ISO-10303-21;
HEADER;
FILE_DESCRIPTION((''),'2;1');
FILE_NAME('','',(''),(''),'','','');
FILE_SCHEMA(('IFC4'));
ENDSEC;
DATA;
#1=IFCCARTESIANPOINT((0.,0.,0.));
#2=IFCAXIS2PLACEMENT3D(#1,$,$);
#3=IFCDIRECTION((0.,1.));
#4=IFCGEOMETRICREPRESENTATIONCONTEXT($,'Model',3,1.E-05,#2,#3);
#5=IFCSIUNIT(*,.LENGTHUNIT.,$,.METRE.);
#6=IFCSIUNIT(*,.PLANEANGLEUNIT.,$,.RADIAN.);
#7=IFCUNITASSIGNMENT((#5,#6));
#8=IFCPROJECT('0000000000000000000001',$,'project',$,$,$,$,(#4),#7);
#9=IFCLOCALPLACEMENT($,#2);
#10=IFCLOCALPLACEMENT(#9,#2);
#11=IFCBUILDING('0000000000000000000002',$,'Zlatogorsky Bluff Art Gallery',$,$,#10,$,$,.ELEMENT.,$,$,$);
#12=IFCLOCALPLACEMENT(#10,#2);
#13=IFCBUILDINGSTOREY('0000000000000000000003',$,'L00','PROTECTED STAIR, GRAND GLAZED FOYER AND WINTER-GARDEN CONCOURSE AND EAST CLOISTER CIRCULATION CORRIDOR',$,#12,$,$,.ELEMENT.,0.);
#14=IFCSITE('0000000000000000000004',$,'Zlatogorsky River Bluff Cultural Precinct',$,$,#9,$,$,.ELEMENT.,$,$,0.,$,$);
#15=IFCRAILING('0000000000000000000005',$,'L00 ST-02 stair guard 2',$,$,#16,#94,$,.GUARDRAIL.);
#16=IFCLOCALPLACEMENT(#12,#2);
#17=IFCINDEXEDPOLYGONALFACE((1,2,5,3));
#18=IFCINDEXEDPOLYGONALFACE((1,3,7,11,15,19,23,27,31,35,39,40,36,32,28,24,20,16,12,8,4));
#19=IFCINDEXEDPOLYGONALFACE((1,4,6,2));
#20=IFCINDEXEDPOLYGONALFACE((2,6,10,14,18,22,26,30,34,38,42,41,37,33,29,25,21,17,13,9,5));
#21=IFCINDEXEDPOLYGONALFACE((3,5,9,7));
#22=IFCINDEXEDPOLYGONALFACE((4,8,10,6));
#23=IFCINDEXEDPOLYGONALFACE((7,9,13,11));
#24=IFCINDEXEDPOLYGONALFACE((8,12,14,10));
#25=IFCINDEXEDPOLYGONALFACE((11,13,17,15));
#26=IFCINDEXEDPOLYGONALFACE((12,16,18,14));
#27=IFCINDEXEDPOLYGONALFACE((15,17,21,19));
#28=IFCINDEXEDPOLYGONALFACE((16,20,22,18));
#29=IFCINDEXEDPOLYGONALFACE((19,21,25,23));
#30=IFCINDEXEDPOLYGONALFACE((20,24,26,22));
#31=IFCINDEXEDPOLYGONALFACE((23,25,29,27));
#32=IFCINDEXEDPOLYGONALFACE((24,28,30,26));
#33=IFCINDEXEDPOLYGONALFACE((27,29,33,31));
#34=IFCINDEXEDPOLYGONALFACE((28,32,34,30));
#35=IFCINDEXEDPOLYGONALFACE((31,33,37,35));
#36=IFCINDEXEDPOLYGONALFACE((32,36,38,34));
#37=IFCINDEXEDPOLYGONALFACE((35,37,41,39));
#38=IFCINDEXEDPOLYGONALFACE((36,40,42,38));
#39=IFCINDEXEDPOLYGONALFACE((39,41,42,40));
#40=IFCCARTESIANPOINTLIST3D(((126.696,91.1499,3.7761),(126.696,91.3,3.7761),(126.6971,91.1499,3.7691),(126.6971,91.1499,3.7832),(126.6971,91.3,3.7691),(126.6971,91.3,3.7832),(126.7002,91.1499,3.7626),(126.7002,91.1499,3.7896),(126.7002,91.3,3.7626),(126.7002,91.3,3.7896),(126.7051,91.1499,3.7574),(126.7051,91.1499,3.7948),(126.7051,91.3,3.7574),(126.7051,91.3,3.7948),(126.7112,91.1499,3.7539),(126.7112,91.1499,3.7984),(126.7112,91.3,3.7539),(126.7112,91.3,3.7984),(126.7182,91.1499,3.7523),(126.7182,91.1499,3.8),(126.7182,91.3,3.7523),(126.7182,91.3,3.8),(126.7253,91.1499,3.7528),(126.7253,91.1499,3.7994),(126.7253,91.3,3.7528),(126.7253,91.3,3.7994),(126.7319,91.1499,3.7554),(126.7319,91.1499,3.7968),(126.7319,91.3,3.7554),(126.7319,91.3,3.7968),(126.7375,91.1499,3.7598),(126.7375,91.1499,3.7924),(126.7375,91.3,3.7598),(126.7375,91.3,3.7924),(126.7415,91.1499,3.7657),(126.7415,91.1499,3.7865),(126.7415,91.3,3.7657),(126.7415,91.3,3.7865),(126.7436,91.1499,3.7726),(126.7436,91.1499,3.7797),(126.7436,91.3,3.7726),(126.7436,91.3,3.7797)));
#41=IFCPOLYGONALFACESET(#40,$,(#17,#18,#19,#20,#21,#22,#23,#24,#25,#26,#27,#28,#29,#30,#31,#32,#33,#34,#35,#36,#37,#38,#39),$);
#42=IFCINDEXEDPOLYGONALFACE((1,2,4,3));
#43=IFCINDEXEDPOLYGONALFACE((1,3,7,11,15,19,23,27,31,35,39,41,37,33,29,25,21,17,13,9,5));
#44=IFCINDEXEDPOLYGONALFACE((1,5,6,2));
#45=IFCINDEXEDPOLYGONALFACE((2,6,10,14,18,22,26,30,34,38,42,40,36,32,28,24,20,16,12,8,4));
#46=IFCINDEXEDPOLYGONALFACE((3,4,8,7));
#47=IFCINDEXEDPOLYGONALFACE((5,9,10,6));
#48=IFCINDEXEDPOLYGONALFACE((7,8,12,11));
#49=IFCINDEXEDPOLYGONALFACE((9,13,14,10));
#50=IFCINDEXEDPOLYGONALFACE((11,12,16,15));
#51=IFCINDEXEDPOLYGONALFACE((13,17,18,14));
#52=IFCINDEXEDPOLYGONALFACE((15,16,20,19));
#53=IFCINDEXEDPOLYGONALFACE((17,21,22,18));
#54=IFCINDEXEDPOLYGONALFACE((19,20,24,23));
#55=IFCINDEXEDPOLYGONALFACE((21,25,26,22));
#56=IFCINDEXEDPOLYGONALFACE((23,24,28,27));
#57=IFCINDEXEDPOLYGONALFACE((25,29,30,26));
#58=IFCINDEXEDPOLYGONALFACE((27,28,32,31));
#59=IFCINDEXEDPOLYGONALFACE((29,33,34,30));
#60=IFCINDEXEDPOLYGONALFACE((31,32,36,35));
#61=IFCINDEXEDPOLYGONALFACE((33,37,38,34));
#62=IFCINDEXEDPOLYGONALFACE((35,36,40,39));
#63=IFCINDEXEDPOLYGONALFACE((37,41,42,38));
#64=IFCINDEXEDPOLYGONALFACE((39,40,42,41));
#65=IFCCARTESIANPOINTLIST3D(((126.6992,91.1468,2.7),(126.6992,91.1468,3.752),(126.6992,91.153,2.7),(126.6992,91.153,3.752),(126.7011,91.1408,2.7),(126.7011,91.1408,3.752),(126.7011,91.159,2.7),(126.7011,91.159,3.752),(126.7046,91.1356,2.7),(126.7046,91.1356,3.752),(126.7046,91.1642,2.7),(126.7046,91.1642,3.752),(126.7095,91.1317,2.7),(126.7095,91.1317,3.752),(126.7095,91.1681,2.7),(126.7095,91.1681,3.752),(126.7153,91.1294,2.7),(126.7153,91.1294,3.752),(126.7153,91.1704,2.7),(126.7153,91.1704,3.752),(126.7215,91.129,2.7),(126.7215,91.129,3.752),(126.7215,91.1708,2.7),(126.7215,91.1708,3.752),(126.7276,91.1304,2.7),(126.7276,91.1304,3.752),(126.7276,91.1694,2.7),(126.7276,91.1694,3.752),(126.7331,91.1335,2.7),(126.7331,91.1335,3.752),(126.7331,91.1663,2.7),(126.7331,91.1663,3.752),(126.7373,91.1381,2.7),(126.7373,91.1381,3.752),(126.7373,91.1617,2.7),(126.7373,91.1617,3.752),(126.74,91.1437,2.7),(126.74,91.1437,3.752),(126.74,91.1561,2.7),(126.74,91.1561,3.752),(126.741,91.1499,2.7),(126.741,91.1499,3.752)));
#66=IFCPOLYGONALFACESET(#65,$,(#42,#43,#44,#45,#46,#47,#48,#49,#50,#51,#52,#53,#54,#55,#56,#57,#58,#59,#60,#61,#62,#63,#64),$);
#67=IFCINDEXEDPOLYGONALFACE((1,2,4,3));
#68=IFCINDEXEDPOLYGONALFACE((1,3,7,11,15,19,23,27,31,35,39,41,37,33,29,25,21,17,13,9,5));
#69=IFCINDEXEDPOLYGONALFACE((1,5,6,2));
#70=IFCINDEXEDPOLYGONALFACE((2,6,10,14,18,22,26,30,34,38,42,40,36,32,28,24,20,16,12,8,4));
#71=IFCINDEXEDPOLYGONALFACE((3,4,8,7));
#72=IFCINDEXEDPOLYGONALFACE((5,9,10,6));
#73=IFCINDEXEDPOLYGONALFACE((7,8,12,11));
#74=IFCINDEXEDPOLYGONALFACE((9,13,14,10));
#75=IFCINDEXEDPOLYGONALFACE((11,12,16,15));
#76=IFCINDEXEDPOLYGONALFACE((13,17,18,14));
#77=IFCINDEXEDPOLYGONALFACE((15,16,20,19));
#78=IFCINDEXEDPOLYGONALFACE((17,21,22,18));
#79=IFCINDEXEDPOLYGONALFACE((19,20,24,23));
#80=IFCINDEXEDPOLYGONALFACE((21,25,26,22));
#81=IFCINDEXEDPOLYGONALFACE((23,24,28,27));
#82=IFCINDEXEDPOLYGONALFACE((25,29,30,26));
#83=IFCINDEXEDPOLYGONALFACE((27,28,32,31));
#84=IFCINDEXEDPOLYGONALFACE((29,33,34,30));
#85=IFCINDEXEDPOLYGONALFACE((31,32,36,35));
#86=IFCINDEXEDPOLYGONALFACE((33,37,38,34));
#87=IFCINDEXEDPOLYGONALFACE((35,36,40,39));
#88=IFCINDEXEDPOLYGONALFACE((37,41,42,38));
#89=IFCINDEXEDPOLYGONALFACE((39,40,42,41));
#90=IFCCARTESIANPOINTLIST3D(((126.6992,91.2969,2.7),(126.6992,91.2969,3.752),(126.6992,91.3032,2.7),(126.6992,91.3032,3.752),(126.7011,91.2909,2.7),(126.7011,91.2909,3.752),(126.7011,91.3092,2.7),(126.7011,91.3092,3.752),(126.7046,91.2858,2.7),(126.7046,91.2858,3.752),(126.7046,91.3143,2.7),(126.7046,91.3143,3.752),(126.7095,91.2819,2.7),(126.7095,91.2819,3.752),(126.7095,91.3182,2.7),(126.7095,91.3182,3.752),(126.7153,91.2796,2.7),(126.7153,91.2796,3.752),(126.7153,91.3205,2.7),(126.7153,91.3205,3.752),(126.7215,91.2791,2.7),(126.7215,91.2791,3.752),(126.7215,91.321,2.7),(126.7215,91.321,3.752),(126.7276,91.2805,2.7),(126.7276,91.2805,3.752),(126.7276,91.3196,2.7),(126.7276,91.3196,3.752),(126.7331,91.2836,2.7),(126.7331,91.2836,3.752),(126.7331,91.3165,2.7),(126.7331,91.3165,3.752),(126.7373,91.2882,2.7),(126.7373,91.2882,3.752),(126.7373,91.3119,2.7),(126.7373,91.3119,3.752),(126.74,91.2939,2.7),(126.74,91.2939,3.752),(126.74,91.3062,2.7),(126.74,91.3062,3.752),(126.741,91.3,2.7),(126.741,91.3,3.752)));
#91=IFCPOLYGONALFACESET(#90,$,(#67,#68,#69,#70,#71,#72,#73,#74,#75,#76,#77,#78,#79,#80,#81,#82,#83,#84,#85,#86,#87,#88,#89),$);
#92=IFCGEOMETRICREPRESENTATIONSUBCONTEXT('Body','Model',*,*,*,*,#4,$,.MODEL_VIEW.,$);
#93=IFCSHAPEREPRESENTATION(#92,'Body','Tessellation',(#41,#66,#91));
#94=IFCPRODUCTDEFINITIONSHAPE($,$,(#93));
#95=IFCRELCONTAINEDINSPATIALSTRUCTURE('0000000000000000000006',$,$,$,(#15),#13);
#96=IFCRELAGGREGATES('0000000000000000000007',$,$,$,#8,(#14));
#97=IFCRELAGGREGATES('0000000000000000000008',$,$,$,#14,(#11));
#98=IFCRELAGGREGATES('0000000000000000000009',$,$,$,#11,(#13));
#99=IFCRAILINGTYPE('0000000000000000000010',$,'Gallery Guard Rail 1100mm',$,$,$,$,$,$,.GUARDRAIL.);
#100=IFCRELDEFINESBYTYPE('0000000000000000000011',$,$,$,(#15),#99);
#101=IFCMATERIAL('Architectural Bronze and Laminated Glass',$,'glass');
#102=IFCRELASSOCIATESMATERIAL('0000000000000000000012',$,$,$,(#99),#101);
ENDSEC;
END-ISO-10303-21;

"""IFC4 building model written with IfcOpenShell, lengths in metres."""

from ifc_helpers import new_model, si_unit, direction, frame, origin, origin_2d, place, context, subcontext, project, spatial, circle, extrude, material, type_object, element, save


model = new_model("IFC4")

# Units and contexts
model_context = context("Model", 3, precision=1e-05, world=origin(), true_north=direction((0.0, 1.0)))
body_context = subcontext(model_context, "Body", "Model", "MODEL_VIEW")
ifc_project = project(units=[si_unit("LENGTHUNIT", "METRE"), si_unit("PLANEANGLEUNIT", "RADIAN")], contexts=[model_context])

# Site, building, storey
site_placement = place(None, origin())
site = spatial("IfcSite", under=ifc_project, at=site_placement, Name="Zlatogorsky River Bluff Cultural Precinct", CompositionType="ELEMENT", RefElevation=0.0)
building_placement = place(site_placement, origin())
building = spatial("IfcBuilding", under=site, at=building_placement, Name="Zlatogorsky Bluff Art Gallery", CompositionType="ELEMENT")
storey_placement = place(building_placement, origin())
storey = spatial("IfcBuildingStorey", under=building, at=storey_placement, Name="L00", Description="PROTECTED STAIR, GRAND GLAZED FOYER AND WINTER-GARDEN CONCOURSE AND EAST CLOISTER CIRCULATION CORRIDOR", CompositionType="ELEMENT", Elevation=0.0)

# Railing
ifc_material_1 = material(Name="Architectural Bronze and Laminated Glass", Category="glass")
railing_type_1 = type_object("IfcRailingType", Name="Gallery Guard Rail 1100mm", PredefinedType="GUARDRAIL", material=ifc_material_1)
railing_1_placement = place(storey_placement, frame((126.72, 91.1499, 2.7)))
element("IfcRailing", 1, at=railing_1_placement, inside=storey, type_object=railing_type_1, Name="L00 ST-02 stair guard 2", PredefinedType="GUARDRAIL", context=body_context, shape_type="SweptSolid", body=[
    extrude(circle(Radius=0.0239, at=origin_2d()), frame((0.0, 0.0, 1.0762), z_axis=(0.0, 1.0, 0.0), x_axis=(-1.0, 0.0, 0.0)), (0.0, 0.0, 1.0), 0.1501),
    extrude(circle(Radius=0.021, at=origin_2d()), origin(), (0.0, 0.0, 1.0), 1.052),
    extrude(circle(Radius=0.021, at=origin_2d()), frame((0.0, 0.1501, 0.0)), (0.0, 0.0, 1.0), 1.052),
])

save(model, "model.ifc")
